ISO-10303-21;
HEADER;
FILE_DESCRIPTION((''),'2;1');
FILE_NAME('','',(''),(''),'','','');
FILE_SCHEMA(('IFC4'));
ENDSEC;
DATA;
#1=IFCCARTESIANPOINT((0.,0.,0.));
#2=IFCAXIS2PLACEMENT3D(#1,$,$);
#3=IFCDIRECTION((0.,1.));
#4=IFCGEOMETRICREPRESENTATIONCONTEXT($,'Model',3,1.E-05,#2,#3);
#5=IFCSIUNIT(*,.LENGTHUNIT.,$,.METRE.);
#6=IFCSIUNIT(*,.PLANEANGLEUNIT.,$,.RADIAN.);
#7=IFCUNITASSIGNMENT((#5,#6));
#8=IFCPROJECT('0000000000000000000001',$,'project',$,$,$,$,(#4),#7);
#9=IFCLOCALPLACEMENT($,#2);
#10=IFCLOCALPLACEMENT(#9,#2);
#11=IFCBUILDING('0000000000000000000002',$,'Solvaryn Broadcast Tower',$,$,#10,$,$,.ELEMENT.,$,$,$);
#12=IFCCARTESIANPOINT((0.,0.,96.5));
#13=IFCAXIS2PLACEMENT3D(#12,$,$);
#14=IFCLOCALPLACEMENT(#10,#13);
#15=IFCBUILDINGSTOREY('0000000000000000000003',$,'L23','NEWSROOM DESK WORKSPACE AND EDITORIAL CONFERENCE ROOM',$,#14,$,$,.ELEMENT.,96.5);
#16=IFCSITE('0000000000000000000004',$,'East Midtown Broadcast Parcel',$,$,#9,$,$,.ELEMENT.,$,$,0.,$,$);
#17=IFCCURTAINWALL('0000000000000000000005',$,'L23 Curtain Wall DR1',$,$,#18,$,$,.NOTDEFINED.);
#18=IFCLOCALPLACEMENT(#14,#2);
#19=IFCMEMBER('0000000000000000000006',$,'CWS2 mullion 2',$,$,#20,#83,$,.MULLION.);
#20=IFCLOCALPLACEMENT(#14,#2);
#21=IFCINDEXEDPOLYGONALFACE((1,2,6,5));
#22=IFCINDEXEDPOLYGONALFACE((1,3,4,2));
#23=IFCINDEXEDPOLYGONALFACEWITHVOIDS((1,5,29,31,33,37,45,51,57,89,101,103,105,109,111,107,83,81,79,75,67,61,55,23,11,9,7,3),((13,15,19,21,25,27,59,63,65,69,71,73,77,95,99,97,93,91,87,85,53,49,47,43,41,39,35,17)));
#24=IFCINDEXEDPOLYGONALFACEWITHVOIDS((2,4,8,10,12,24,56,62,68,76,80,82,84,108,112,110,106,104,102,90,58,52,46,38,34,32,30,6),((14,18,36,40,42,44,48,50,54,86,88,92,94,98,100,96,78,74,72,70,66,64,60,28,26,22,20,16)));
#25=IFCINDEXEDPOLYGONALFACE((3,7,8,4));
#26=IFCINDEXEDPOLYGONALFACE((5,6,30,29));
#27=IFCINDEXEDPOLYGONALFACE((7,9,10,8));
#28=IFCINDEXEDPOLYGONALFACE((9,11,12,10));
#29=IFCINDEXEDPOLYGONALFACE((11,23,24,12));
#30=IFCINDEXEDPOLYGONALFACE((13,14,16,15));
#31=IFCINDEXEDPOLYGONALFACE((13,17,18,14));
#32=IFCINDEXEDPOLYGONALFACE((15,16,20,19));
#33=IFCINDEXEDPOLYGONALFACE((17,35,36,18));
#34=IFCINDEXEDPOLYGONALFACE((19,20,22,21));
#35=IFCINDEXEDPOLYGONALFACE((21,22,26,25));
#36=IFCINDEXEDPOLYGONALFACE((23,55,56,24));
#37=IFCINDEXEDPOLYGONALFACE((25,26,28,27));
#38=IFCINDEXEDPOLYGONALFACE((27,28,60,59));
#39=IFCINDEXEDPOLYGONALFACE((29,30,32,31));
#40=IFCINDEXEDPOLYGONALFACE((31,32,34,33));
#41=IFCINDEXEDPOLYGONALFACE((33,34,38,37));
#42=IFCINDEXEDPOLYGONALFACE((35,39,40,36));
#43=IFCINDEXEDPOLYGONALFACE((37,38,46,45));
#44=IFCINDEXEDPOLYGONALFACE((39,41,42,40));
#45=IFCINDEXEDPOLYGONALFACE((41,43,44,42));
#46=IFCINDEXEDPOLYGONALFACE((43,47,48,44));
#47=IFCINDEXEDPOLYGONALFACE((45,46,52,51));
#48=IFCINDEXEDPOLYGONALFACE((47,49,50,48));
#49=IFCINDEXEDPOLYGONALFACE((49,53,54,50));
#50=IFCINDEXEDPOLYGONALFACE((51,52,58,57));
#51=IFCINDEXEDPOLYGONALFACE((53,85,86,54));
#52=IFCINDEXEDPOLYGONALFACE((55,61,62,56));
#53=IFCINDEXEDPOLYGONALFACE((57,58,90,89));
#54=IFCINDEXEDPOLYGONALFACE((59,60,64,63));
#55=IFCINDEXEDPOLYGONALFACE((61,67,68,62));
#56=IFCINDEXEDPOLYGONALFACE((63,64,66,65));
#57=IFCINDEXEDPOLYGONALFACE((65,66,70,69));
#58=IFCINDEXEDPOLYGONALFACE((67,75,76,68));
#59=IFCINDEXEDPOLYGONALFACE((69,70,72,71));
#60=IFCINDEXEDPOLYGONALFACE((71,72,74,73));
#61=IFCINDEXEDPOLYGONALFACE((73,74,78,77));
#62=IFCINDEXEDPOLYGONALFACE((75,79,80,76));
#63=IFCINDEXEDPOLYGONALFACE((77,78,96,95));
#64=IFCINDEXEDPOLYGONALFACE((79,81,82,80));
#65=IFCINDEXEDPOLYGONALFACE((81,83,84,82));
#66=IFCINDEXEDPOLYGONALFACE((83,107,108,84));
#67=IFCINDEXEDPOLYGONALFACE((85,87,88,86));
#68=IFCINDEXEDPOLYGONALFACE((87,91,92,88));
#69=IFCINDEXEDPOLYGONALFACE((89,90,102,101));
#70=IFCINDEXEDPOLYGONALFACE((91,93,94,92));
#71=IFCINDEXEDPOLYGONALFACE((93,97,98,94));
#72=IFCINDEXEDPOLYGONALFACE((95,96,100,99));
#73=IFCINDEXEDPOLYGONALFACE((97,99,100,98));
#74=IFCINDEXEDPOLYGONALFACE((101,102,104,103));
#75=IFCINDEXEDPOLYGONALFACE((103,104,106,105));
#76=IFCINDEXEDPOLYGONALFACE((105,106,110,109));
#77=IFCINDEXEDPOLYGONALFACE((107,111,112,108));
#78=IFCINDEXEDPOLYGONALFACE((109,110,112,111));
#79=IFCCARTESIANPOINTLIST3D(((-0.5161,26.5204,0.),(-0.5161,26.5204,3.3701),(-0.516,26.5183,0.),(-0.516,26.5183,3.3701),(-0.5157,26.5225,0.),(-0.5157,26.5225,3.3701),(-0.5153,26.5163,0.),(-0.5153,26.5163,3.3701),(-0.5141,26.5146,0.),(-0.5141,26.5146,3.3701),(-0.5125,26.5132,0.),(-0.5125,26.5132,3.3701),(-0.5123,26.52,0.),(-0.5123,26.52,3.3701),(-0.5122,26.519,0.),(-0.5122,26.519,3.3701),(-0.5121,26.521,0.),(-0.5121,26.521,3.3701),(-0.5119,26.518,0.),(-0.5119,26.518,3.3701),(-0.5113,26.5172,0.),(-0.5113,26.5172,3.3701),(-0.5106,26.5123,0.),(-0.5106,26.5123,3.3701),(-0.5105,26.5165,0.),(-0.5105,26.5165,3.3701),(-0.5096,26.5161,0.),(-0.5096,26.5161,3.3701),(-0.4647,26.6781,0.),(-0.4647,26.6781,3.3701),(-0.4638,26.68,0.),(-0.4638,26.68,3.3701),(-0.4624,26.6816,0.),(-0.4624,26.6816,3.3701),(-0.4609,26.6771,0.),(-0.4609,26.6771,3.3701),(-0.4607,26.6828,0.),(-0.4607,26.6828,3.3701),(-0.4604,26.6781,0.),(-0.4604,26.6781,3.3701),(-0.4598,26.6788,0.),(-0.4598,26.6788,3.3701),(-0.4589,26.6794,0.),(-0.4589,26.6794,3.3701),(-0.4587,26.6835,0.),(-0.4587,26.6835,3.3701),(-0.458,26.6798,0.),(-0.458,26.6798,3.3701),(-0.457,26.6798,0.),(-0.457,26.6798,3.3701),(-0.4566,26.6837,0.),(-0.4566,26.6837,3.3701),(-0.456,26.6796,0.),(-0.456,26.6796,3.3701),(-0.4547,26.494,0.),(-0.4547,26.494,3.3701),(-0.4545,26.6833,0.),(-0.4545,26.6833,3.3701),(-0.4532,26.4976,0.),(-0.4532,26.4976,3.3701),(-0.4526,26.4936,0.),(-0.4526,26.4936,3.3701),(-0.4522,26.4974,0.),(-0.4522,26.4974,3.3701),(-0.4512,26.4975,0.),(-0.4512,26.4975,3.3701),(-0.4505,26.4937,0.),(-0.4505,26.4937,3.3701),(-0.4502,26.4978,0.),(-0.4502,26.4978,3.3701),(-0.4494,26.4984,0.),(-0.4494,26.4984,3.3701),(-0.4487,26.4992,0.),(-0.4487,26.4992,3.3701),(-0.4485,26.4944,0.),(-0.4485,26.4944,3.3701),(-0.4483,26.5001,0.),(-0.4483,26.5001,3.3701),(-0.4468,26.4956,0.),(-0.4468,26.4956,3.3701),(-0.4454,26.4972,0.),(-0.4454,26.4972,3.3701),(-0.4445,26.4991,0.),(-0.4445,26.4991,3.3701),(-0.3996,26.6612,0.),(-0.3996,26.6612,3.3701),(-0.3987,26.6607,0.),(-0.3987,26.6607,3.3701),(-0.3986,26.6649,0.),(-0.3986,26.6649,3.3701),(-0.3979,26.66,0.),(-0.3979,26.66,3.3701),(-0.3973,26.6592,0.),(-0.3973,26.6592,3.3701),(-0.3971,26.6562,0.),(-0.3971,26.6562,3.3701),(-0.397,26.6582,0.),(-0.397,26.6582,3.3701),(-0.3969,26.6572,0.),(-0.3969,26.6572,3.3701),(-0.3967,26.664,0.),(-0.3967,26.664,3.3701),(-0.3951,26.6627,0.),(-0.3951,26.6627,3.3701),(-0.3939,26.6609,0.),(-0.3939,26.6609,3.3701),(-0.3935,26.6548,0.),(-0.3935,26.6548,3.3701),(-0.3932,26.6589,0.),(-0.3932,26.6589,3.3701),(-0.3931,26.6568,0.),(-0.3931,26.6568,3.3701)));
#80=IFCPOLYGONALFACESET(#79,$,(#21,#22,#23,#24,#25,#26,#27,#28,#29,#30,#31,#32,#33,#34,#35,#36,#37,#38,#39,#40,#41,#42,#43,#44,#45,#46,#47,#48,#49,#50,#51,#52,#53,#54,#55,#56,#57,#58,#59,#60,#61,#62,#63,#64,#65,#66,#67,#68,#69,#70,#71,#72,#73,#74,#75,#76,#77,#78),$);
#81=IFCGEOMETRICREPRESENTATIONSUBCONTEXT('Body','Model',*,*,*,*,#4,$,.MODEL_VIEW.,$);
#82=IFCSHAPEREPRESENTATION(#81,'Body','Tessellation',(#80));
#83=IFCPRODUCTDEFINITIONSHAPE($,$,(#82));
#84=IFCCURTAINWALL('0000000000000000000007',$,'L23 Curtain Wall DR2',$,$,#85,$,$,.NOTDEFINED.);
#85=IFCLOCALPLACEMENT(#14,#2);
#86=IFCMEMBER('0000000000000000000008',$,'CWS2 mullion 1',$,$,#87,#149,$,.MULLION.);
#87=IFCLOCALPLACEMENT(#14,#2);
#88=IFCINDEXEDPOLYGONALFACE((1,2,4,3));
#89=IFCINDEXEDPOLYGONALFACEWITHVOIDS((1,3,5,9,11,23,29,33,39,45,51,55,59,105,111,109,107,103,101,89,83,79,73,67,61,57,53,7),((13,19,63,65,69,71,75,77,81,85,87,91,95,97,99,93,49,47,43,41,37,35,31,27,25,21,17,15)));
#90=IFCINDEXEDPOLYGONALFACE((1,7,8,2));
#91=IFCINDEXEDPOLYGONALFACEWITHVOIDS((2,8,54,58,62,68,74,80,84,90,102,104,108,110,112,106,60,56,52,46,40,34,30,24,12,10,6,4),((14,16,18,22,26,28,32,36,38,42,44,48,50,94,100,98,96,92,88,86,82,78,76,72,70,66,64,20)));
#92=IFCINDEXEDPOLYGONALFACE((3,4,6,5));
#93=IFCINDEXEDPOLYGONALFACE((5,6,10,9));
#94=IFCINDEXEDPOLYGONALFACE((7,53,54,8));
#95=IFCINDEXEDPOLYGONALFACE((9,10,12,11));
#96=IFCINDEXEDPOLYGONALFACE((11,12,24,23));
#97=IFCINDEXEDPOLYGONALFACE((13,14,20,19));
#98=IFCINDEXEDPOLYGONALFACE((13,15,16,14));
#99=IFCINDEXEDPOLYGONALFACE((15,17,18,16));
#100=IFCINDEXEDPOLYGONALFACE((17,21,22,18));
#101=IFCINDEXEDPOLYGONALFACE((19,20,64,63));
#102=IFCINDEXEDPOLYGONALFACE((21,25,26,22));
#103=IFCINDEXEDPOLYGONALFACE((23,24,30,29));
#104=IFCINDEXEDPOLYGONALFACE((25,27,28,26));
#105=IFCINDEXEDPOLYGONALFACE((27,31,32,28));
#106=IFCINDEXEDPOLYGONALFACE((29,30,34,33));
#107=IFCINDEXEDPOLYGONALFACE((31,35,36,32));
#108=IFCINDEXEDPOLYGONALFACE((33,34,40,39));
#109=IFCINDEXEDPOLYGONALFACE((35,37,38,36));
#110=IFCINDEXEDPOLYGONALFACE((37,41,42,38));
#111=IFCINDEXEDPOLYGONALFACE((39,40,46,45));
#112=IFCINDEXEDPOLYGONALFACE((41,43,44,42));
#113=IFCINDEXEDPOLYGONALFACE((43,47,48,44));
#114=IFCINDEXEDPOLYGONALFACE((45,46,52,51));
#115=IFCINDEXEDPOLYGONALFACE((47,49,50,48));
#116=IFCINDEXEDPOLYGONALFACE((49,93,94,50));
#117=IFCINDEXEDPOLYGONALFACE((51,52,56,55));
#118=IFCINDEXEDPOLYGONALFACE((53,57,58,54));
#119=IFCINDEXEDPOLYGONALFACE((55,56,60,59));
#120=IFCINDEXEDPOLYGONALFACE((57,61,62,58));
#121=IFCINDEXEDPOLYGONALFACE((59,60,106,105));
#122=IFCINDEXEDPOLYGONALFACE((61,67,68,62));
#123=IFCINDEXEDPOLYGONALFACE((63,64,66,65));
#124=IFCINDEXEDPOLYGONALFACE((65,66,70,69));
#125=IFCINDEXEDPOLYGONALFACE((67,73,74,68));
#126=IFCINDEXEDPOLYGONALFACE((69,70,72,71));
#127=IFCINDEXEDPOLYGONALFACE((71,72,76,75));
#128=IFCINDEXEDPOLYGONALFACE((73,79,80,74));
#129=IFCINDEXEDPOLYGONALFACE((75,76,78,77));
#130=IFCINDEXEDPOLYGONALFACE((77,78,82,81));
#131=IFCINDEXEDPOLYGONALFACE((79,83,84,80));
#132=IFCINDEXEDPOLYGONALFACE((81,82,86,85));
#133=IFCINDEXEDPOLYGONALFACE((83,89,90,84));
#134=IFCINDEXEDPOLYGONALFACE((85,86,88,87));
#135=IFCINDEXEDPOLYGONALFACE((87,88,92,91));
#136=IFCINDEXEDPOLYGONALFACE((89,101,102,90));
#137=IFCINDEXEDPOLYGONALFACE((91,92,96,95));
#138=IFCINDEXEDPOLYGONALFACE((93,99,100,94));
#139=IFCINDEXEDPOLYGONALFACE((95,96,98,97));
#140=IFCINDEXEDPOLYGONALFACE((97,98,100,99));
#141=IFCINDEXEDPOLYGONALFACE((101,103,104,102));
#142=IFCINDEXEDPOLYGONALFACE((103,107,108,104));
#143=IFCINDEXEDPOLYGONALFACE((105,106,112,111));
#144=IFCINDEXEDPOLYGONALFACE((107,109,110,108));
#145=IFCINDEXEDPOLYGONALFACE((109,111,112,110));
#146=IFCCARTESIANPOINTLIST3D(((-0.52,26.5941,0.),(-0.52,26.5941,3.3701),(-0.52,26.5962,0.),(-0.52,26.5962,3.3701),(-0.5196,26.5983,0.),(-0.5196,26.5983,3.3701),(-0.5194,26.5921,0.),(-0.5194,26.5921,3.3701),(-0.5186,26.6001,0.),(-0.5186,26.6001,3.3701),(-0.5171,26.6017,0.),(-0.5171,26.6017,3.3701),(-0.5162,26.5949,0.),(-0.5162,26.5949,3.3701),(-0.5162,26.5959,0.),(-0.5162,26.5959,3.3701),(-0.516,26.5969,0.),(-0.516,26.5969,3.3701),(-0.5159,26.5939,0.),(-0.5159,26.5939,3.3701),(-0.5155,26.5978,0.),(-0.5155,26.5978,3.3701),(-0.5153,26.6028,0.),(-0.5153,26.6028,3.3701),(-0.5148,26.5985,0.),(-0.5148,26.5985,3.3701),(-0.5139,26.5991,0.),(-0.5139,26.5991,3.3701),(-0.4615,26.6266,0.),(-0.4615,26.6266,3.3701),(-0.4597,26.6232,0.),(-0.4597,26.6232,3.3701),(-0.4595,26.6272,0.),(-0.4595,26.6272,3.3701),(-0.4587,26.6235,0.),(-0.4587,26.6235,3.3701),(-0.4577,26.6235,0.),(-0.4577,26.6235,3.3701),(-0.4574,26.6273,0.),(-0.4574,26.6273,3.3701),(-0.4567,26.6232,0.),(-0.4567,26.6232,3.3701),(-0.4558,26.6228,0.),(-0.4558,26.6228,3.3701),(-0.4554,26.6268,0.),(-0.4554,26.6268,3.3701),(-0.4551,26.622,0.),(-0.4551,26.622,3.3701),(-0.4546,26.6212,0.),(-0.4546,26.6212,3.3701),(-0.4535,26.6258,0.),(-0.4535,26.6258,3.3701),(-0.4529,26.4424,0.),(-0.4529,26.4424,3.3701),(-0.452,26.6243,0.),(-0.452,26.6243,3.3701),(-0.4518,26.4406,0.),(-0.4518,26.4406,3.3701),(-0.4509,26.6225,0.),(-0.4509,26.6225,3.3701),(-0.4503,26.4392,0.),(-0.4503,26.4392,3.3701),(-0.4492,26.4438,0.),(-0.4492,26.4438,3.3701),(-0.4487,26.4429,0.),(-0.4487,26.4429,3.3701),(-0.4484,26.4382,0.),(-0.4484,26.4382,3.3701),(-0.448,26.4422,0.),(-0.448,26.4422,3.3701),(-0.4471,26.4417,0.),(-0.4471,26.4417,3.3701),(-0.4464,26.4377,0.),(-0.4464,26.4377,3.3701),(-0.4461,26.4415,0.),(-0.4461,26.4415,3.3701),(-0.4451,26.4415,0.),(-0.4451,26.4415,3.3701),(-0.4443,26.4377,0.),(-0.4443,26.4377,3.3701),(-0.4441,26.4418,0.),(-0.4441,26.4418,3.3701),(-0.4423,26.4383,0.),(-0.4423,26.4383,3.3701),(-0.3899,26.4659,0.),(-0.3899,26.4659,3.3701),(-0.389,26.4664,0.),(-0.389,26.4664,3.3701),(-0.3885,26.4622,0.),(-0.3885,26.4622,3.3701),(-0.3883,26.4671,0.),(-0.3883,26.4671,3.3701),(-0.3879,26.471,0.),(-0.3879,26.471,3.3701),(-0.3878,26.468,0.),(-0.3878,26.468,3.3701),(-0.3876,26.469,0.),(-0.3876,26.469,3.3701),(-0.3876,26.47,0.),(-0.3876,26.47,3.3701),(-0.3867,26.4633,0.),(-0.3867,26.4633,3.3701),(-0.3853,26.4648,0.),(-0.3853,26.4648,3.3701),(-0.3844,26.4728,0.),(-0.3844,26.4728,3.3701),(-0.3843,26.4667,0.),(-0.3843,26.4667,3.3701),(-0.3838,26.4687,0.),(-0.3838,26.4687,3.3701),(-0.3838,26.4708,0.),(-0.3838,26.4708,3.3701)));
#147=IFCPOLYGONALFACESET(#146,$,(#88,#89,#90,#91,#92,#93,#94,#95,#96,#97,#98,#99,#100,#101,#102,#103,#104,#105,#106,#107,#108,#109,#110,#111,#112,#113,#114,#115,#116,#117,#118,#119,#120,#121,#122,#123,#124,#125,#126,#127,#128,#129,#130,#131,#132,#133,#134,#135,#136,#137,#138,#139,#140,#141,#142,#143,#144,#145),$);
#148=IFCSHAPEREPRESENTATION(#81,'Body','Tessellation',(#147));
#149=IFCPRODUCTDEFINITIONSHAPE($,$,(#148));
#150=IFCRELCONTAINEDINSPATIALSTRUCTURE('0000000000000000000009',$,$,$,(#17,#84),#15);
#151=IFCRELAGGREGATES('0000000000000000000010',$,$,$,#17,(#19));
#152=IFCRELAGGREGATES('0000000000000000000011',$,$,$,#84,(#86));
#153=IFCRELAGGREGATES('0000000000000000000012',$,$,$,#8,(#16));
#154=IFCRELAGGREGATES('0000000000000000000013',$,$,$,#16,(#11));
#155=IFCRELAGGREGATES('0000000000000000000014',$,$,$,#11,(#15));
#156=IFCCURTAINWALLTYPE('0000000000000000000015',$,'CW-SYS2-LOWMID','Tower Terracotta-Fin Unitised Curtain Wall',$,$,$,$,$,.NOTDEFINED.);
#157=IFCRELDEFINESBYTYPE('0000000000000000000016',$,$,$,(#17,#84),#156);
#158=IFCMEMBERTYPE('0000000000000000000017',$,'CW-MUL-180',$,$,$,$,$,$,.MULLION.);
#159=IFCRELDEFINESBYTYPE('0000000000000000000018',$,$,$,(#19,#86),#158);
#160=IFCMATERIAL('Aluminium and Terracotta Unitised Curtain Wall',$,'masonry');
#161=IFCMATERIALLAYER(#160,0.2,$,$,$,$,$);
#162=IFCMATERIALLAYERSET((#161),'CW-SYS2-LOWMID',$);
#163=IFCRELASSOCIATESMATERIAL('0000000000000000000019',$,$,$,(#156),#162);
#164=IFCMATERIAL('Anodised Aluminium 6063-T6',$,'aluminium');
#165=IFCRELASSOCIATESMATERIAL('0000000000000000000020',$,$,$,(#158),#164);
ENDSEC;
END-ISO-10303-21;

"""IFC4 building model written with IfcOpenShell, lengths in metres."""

from ifc_helpers import new_model, si_unit, direction, frame, origin, origin_2d, place, context, subcontext, project, spatial, hollow_rectangle, extrude, material, layer, layer_set, material_profile, profile_set, type_object, element, aggregate, save


model = new_model("IFC4")

# Units and contexts
model_context = context("Model", 3, precision=1e-05, world=origin(), true_north=direction((0.0, 1.0)))
body_context = subcontext(model_context, "Body", "Model", "MODEL_VIEW")
ifc_project = project(units=[si_unit("LENGTHUNIT", "METRE"), si_unit("PLANEANGLEUNIT", "RADIAN")], contexts=[model_context])

# Site, building, storey
site_placement = place(None, origin())
site = spatial("IfcSite", under=ifc_project, at=site_placement, Name="East Midtown Broadcast Parcel", CompositionType="ELEMENT", RefElevation=0.0)
building_placement = place(site_placement, origin())
building = spatial("IfcBuilding", under=site, at=building_placement, Name="Solvaryn Broadcast Tower", CompositionType="ELEMENT")
storey_placement = place(building_placement, frame((0.0, 0.0, 96.5)))
storey = spatial("IfcBuildingStorey", under=building, at=storey_placement, Name="L23", Description="NEWSROOM DESK WORKSPACE AND EDITORIAL CONFERENCE ROOM", CompositionType="ELEMENT", Elevation=96.5)

# Curtain wall, member
ifc_material_1 = material(Name="Aluminium and Terracotta Unitised Curtain Wall", Category="masonry")
ifc_layer_1 = layer(ifc_material_1, 0.2)
ifc_layer_set_1 = layer_set([ifc_layer_1], Name="CW-SYS2-LOWMID")
curtain_wall_type = type_object("IfcCurtainWallType", Name="CW-SYS2-LOWMID", Description="Tower Terracotta-Fin Unitised Curtain Wall", PredefinedType="NOTDEFINED", material=ifc_layer_set_1)
curtain_wall_1_placement = place(storey_placement, origin())
curtain_wall_1 = element("IfcCurtainWall", 1, at=curtain_wall_1_placement, inside=storey, type_object=curtain_wall_type, Name="L23 Curtain Wall DR1", PredefinedType="NOTDEFINED")
ifc_material_2 = material(Name="Anodised Aluminium 6063-T6", Category="aluminium")
ifc_material_profile_1 = material_profile(ifc_material_2, hollow_rectangle(XDim=0.075, YDim=0.1799, WallThickness=0.0039, InnerFilletRadius=0.0039, OuterFilletRadius=0.0081, at=origin_2d()))
ifc_profile_set_1 = profile_set([ifc_material_profile_1], Name="Anodised Aluminium 6063-T6")
member_type_1 = type_object("IfcMemberType", Name="CW-MUL-180", PredefinedType="MULLION", material=ifc_profile_set_1)
member_1_placement = place(storey_placement, frame((-0.4546, 26.5886, 0.0), z_axis=(0.0, 0.0, 1.0), x_axis=(0.950215, -0.311594, 0.0)))
member_1 = element("IfcMember", 2, at=member_1_placement, type_object=member_type_1, Name="CWS2 mullion 2", PredefinedType="MULLION", context=body_context, shape_type="SweptSolid", body=[
    extrude(hollow_rectangle(XDim=0.075, YDim=0.1799, WallThickness=0.0039, InnerFilletRadius=0.0039, OuterFilletRadius=0.0081, at=origin_2d()), origin(), (0.0, 0.0, 1.0), 3.3701),
])
aggregate(curtain_wall_1, [member_1])

# Curtain wall, member
curtain_wall_2_placement = place(storey_placement, origin())
curtain_wall_2 = element("IfcCurtainWall", 3, at=curtain_wall_2_placement, inside=storey, type_object=curtain_wall_type, Name="L23 Curtain Wall DR2", PredefinedType="NOTDEFINED")
member_2_placement = place(storey_placement, frame((-0.4519, 26.5325, 0.0), z_axis=(0.0, 0.0, 1.0), x_axis=(0.913918, 0.405898, 0.0)))
member_2 = element("IfcMember", 4, at=member_2_placement, type_object=member_type_1, Name="CWS2 mullion 1", PredefinedType="MULLION", context=body_context, shape_type="SweptSolid", body=[
    extrude(hollow_rectangle(XDim=0.075, YDim=0.1799, WallThickness=0.0039, InnerFilletRadius=0.0039, OuterFilletRadius=0.0081, at=origin_2d()), origin(), (0.0, 0.0, 1.0), 3.3701),
])
aggregate(curtain_wall_2, [member_2])

save(model, "model.ifc")
